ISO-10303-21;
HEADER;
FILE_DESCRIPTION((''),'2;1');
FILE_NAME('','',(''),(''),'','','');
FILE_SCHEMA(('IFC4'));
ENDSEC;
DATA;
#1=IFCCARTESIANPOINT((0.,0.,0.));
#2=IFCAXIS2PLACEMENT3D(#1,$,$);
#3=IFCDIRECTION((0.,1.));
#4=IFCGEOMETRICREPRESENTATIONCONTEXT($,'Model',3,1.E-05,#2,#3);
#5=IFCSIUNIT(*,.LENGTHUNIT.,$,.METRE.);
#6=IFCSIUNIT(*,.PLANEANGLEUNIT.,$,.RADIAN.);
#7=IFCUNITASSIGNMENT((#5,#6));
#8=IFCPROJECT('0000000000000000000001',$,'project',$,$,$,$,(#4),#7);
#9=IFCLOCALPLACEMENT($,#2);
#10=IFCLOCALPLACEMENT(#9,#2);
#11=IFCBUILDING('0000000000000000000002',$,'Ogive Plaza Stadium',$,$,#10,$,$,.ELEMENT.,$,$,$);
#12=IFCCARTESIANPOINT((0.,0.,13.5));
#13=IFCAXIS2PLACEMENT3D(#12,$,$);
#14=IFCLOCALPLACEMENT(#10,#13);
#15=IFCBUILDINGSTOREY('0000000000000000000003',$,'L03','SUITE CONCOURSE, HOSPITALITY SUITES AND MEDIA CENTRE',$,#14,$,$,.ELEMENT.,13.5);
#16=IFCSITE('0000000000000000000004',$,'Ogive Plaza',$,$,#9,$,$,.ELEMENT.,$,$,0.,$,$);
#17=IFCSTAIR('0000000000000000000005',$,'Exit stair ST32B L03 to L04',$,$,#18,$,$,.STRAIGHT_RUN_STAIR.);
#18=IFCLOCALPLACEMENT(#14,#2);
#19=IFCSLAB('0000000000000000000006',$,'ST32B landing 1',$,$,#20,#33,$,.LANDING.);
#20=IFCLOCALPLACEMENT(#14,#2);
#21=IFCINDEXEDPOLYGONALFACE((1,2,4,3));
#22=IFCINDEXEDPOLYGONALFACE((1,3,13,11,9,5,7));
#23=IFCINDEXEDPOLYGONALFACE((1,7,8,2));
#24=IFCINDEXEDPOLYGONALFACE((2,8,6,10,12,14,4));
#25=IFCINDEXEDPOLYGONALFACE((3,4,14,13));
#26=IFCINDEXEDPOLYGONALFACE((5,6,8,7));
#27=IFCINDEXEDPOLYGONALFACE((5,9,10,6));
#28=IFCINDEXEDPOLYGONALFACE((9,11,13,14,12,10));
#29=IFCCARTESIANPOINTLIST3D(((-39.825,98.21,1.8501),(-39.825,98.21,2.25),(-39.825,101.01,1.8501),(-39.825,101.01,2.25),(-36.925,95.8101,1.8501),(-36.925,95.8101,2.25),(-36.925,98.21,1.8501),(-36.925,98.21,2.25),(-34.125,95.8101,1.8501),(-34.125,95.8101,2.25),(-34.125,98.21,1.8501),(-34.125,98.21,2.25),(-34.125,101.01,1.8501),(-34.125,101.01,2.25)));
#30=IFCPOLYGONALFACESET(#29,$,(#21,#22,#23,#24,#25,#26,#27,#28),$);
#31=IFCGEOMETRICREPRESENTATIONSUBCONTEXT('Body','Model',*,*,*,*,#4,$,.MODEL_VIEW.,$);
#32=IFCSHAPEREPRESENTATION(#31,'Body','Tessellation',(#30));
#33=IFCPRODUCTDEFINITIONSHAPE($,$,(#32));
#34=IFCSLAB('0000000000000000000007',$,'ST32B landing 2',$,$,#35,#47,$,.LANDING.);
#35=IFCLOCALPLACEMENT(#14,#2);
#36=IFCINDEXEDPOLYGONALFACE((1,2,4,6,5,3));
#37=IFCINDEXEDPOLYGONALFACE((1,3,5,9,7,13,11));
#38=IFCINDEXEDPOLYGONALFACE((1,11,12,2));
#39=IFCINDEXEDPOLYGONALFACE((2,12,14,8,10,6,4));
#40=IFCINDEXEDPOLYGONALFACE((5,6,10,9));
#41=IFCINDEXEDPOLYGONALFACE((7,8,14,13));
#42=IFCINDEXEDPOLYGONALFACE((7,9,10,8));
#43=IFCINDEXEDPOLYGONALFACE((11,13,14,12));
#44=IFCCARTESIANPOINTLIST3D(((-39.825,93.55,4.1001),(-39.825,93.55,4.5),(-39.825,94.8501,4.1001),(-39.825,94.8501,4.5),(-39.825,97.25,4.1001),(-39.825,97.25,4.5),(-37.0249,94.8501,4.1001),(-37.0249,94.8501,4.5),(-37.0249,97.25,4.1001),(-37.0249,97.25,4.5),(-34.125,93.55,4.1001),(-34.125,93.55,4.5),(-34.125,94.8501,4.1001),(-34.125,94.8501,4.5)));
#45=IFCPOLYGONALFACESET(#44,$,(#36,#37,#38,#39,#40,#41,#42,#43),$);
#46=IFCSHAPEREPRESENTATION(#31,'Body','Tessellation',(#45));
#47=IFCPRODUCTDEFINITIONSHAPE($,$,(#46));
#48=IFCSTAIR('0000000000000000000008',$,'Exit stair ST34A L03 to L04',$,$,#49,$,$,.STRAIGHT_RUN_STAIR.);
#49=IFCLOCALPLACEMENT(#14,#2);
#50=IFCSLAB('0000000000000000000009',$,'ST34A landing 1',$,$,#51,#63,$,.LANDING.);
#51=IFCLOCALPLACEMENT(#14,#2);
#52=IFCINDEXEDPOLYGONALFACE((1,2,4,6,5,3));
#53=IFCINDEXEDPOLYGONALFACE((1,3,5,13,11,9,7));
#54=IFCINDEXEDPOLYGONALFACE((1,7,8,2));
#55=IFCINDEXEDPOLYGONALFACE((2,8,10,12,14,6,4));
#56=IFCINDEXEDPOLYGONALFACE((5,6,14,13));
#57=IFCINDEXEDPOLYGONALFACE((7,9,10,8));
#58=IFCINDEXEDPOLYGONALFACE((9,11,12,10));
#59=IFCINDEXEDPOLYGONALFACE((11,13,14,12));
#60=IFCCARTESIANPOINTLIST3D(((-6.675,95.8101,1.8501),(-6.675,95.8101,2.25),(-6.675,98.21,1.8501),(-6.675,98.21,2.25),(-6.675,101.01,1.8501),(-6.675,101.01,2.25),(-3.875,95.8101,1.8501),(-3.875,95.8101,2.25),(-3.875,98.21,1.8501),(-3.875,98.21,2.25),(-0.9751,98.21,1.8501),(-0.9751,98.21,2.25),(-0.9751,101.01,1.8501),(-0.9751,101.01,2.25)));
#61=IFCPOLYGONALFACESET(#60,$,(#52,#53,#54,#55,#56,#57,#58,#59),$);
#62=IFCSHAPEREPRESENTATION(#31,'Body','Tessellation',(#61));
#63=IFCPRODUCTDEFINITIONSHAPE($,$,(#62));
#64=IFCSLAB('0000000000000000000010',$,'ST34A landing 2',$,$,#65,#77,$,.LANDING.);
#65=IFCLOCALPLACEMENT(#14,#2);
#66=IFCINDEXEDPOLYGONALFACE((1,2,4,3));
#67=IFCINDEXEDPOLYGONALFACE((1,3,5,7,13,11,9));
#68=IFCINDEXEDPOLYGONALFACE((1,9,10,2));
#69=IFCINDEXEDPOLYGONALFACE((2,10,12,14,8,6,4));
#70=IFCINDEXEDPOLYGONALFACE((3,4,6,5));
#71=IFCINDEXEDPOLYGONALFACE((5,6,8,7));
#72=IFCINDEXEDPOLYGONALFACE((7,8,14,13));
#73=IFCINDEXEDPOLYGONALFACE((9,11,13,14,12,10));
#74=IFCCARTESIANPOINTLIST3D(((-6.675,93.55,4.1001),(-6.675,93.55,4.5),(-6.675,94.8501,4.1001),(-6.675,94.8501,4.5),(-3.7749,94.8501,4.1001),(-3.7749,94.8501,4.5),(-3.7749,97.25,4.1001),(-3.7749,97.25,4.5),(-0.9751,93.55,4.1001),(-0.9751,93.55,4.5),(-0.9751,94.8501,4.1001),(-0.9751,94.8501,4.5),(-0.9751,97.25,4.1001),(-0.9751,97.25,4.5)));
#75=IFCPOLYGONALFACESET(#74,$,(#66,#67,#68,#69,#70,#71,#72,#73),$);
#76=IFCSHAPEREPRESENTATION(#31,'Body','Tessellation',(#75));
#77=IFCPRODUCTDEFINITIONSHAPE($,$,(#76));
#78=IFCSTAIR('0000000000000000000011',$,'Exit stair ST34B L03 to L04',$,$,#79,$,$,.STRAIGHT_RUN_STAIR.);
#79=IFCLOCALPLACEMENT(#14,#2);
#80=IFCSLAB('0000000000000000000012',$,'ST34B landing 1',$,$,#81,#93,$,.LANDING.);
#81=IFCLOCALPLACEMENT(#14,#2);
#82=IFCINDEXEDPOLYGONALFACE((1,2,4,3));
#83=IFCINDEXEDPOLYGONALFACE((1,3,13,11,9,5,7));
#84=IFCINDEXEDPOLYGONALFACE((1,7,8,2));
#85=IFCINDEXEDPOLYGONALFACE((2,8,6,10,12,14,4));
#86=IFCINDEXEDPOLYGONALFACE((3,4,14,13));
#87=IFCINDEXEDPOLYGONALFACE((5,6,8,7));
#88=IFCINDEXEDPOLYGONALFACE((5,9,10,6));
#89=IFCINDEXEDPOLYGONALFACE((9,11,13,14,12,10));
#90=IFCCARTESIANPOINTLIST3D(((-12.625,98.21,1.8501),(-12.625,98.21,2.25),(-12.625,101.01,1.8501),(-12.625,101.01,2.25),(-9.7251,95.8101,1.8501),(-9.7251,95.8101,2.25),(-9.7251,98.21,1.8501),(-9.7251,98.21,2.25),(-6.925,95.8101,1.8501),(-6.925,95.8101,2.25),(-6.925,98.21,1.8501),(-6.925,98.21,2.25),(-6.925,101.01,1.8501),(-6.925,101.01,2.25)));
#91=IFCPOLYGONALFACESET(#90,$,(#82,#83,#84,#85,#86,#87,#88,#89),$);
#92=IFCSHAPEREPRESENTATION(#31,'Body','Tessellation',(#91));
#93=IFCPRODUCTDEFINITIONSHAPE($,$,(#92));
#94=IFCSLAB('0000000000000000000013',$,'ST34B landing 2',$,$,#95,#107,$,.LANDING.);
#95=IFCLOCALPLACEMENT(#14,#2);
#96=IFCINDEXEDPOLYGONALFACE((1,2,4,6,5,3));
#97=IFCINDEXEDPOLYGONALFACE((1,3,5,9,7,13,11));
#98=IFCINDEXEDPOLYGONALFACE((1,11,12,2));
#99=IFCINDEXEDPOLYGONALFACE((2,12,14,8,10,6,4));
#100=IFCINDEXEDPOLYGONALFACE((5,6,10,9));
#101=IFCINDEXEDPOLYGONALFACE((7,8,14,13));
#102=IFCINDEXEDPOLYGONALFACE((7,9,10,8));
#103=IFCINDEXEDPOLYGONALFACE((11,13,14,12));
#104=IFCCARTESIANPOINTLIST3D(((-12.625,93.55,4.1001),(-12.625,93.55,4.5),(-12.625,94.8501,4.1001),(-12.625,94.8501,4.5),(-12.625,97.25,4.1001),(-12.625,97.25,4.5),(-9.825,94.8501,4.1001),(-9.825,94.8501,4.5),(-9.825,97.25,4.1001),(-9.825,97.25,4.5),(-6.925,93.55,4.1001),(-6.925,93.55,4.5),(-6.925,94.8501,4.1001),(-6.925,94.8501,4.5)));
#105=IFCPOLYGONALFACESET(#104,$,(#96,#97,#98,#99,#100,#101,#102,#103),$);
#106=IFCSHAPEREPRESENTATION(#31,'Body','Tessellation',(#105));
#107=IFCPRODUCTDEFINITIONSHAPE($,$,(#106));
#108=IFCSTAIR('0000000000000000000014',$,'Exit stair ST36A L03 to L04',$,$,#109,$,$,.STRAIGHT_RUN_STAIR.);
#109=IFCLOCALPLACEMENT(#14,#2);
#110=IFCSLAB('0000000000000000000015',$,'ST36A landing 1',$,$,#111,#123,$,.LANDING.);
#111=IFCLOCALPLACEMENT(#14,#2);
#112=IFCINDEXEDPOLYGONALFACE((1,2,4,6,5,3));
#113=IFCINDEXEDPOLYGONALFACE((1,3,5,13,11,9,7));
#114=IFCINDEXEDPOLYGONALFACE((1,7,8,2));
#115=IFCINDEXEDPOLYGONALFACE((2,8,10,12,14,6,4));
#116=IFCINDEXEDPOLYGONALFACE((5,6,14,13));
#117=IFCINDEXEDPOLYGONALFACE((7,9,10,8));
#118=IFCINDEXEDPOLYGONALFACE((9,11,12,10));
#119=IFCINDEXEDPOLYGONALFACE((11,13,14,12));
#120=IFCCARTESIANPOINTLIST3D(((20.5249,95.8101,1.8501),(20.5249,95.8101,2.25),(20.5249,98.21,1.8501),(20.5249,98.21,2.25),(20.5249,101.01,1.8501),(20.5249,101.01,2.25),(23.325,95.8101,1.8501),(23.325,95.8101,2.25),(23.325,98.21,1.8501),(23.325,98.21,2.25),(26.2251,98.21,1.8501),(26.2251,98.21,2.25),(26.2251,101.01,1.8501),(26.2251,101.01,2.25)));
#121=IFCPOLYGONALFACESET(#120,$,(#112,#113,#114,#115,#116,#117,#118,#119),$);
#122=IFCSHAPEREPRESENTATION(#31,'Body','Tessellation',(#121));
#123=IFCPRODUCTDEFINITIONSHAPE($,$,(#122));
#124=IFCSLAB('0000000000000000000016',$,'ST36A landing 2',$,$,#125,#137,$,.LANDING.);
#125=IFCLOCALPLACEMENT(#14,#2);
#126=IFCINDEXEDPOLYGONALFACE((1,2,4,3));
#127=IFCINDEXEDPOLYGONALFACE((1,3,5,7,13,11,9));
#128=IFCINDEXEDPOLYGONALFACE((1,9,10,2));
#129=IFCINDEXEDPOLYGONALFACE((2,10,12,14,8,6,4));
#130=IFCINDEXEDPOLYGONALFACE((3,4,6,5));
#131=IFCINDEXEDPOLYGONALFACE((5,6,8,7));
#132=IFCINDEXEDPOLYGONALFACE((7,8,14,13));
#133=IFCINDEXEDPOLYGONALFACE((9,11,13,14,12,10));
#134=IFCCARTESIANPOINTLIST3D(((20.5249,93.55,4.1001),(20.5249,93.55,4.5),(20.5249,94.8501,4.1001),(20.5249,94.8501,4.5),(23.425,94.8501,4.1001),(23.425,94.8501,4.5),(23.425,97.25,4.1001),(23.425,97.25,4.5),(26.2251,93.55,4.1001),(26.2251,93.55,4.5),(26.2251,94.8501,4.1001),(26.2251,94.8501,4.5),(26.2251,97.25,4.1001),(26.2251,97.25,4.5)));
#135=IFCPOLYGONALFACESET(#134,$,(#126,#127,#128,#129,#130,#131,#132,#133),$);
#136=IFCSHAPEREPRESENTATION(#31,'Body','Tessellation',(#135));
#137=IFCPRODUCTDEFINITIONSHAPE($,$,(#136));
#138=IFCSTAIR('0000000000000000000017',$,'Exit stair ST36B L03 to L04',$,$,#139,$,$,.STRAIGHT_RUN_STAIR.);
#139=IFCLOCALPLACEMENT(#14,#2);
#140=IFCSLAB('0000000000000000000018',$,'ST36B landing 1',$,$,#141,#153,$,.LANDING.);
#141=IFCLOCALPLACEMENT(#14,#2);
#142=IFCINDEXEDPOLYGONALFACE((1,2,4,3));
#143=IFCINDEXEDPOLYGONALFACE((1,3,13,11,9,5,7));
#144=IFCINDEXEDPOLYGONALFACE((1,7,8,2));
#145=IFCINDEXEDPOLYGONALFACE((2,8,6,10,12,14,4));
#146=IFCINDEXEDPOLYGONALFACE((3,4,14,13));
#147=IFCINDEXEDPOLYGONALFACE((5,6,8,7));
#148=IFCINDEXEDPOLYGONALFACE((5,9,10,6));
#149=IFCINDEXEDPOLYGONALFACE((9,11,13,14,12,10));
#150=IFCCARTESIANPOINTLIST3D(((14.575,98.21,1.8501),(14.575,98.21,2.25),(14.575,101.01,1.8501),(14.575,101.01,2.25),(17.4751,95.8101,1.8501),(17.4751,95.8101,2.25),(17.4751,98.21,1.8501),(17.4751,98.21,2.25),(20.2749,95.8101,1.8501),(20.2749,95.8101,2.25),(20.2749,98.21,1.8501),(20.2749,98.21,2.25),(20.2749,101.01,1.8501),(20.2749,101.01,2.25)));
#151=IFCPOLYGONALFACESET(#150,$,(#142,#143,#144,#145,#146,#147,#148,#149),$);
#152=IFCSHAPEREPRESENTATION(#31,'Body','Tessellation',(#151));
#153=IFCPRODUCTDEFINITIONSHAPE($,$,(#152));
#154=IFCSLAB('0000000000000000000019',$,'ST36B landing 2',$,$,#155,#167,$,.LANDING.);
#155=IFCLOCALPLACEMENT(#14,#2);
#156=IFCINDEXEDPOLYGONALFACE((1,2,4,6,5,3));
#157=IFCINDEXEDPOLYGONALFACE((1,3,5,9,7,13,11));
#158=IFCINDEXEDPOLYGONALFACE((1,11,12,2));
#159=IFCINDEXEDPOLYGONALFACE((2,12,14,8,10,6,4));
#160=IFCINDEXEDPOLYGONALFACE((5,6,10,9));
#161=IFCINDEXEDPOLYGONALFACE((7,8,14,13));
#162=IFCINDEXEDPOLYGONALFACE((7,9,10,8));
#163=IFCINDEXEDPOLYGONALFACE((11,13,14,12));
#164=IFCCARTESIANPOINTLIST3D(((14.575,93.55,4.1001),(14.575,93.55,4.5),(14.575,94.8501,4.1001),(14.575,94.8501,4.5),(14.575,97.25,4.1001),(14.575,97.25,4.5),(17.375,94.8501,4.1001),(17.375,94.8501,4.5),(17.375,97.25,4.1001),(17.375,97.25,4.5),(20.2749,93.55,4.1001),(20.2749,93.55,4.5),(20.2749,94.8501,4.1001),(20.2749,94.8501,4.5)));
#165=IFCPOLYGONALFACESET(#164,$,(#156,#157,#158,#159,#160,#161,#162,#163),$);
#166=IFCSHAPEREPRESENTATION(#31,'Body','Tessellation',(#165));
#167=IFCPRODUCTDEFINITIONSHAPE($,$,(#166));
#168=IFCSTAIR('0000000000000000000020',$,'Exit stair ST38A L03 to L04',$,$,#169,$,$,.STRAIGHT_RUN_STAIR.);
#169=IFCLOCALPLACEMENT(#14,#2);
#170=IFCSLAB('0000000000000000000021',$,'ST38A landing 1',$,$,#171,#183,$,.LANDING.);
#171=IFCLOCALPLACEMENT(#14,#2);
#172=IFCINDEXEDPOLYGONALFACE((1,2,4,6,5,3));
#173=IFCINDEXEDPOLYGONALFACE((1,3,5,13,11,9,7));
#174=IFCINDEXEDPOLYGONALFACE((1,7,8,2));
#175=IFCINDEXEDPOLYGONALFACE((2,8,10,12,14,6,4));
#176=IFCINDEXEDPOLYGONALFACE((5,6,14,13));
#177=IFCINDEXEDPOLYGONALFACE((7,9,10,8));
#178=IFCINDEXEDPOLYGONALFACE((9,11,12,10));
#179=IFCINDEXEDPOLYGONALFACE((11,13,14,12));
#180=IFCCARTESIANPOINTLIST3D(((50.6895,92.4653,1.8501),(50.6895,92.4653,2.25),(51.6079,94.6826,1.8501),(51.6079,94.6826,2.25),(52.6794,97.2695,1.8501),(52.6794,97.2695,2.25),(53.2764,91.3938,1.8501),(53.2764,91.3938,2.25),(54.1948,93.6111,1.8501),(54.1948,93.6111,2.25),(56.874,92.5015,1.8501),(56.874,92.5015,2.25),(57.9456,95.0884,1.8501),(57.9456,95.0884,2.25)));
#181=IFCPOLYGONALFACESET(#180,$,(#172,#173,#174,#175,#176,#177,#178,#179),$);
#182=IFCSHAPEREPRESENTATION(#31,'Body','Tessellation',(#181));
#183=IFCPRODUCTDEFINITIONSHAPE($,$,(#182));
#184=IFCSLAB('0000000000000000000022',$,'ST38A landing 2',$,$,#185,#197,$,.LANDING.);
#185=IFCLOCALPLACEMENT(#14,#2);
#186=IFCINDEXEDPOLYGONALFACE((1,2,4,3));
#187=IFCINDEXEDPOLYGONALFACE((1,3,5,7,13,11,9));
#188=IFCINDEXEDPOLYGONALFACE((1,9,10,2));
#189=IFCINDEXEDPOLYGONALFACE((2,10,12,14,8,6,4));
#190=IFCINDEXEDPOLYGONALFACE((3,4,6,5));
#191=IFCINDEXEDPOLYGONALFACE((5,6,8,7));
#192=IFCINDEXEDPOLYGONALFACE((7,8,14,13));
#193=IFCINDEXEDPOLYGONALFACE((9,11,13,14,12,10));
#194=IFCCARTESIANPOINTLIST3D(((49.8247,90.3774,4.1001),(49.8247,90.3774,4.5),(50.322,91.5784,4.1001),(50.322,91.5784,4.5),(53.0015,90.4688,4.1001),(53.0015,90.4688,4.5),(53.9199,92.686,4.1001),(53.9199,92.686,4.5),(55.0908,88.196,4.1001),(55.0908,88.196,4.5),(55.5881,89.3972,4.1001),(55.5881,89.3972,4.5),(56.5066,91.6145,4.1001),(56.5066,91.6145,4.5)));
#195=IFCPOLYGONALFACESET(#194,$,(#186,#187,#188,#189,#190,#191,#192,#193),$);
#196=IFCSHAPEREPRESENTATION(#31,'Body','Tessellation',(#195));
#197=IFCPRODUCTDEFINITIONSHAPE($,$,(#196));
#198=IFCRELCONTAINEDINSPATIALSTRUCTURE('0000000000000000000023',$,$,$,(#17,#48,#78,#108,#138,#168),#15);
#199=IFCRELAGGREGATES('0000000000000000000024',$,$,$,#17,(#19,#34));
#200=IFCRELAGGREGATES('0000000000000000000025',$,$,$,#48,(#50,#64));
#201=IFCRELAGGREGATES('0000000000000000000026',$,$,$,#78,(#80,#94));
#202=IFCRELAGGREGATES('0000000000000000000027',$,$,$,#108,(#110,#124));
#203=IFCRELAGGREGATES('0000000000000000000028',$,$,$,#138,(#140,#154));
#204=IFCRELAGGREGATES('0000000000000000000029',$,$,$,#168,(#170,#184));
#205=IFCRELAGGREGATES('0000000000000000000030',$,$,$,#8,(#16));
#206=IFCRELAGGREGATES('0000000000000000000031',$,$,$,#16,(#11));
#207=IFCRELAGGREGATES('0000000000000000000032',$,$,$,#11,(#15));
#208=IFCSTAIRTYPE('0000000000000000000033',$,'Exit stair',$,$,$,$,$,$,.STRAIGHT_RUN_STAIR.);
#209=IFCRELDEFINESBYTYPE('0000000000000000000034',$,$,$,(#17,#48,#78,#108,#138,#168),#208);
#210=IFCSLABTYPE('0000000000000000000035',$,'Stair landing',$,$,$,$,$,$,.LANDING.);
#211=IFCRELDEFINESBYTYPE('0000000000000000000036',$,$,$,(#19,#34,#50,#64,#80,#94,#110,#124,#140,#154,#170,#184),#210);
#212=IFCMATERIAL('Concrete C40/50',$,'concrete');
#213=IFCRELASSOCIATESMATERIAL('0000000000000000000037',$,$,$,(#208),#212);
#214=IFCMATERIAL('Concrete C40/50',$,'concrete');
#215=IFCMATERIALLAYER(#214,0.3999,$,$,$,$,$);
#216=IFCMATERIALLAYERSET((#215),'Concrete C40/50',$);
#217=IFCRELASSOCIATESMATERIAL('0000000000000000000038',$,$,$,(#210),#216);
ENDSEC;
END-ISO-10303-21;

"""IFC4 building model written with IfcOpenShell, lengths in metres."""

from ifc_helpers import new_model, si_unit, direction, frame, origin, place, context, subcontext, project, spatial, polyline, outline, extrude, material, layer, layer_set, type_object, element, aggregate, save


model = new_model("IFC4")

# Units and contexts
model_context = context("Model", 3, precision=1e-05, world=origin(), true_north=direction((0.0, 1.0)))
body_context = subcontext(model_context, "Body", "Model", "MODEL_VIEW")
ifc_project = project(units=[si_unit("LENGTHUNIT", "METRE"), si_unit("PLANEANGLEUNIT", "RADIAN")], contexts=[model_context])

# Site, building, storey
site_placement = place(None, origin())
site = spatial("IfcSite", under=ifc_project, at=site_placement, Name="Ogive Plaza", CompositionType="ELEMENT", RefElevation=0.0)
building_placement = place(site_placement, origin())
building = spatial("IfcBuilding", under=site, at=building_placement, Name="Ogive Plaza Stadium", CompositionType="ELEMENT")
storey_placement = place(building_placement, frame((0.0, 0.0, 13.5)))
storey = spatial("IfcBuildingStorey", under=building, at=storey_placement, Name="L03", Description="SUITE CONCOURSE, HOSPITALITY SUITES AND MEDIA CENTRE", CompositionType="ELEMENT", Elevation=13.5)

# Shared definitions
ifc_material_1 = material(Name="Concrete C40/50", Category="concrete")
stair_type = type_object("IfcStairType", Name="Exit stair", PredefinedType="STRAIGHT_RUN_STAIR", material=ifc_material_1)
ifc_material_2 = material(Name="Concrete C40/50", Category="concrete")
ifc_layer_1 = layer(ifc_material_2, 0.3999)
ifc_layer_set_1 = layer_set([ifc_layer_1], Name="Concrete C40/50")
slab_type_1 = type_object("IfcSlabType", Name="Stair landing", PredefinedType="LANDING", material=ifc_layer_set_1)

# Stairs, slabs
stair_1_placement = place(storey_placement, origin())
stair_1 = element("IfcStair", 1, at=stair_1_placement, inside=storey, type_object=stair_type, Name="Exit stair ST32B L03 to L04", PredefinedType="STRAIGHT_RUN_STAIR")
slab_1_placement = place(storey_placement, frame((0.0, 0.0, 1.8501)))
slab_1 = element("IfcSlab", 2, at=slab_1_placement, type_object=slab_type_1, Name="ST32B landing 1", PredefinedType="LANDING", context=body_context, shape_type="SweptSolid", body=[
    extrude(outline(polyline([(-34.125, 95.8101), (-36.925, 95.8101), (-36.925, 98.21), (-39.825, 98.21), (-39.825, 101.01), (-34.125, 101.01), (-34.125, 98.21), (-34.125, 95.8101)])), origin(), (0.0, 0.0, 1.0), 0.3999),
])
slab_2_placement = place(storey_placement, frame((0.0, 0.0, 4.1001)))
slab_2 = element("IfcSlab", 3, at=slab_2_placement, type_object=slab_type_1, Name="ST32B landing 2", PredefinedType="LANDING", context=body_context, shape_type="SweptSolid", body=[
    extrude(outline(polyline([(-34.125, 94.8501), (-34.125, 93.55), (-39.825, 93.55), (-39.825, 94.8501), (-39.825, 97.25), (-37.0249, 97.25), (-37.0249, 94.8501), (-34.125, 94.8501)])), origin(), (0.0, 0.0, 1.0), 0.3999),
])
aggregate(stair_1, [slab_1, slab_2])
stair_2_placement = place(storey_placement, origin())
stair_2 = element("IfcStair", 4, at=stair_2_placement, inside=storey, type_object=stair_type, Name="Exit stair ST34A L03 to L04", PredefinedType="STRAIGHT_RUN_STAIR")
slab_3_placement = place(storey_placement, frame((0.0, 0.0, 1.8501)))
slab_3 = element("IfcSlab", 5, at=slab_3_placement, type_object=slab_type_1, Name="ST34A landing 1", PredefinedType="LANDING", context=body_context, shape_type="SweptSolid", body=[
    extrude(outline(polyline([(-6.675, 101.01), (-0.9751, 101.01), (-0.9751, 98.21), (-3.875, 98.21), (-3.875, 95.8101), (-6.675, 95.8101), (-6.675, 98.21), (-6.675, 101.01)])), origin(), (0.0, 0.0, 1.0), 0.3999),
])
slab_4_placement = place(storey_placement, frame((0.0, 0.0, 4.1001)))
slab_4 = element("IfcSlab", 6, at=slab_4_placement, type_object=slab_type_1, Name="ST34A landing 2", PredefinedType="LANDING", context=body_context, shape_type="SweptSolid", body=[
    extrude(outline(polyline([(-3.7749, 97.25), (-0.9751, 97.25), (-0.9751, 94.8501), (-0.9751, 93.55), (-6.675, 93.55), (-6.675, 94.8501), (-3.7749, 94.8501), (-3.7749, 97.25)])), origin(), (0.0, 0.0, 1.0), 0.3999),
])
aggregate(stair_2, [slab_3, slab_4])
stair_3_placement = place(storey_placement, origin())
stair_3 = element("IfcStair", 7, at=stair_3_placement, inside=storey, type_object=stair_type, Name="Exit stair ST34B L03 to L04", PredefinedType="STRAIGHT_RUN_STAIR")
slab_5_placement = place(storey_placement, frame((0.0, 0.0, 1.8501)))
slab_5 = element("IfcSlab", 8, at=slab_5_placement, type_object=slab_type_1, Name="ST34B landing 1", PredefinedType="LANDING", context=body_context, shape_type="SweptSolid", body=[
    extrude(outline(polyline([(-6.925, 95.8101), (-9.7251, 95.8101), (-9.7251, 98.21), (-12.625, 98.21), (-12.625, 101.01), (-6.925, 101.01), (-6.925, 98.21), (-6.925, 95.8101)])), origin(), (0.0, 0.0, 1.0), 0.3999),
])
slab_6_placement = place(storey_placement, frame((0.0, 0.0, 4.1001)))
slab_6 = element("IfcSlab", 9, at=slab_6_placement, type_object=slab_type_1, Name="ST34B landing 2", PredefinedType="LANDING", context=body_context, shape_type="SweptSolid", body=[
    extrude(outline(polyline([(-6.925, 94.8501), (-6.925, 93.55), (-12.625, 93.55), (-12.625, 94.8501), (-12.625, 97.25), (-9.825, 97.25), (-9.825, 94.8501), (-6.925, 94.8501)])), origin(), (0.0, 0.0, 1.0), 0.3999),
])
aggregate(stair_3, [slab_5, slab_6])
stair_4_placement = place(storey_placement, origin())
stair_4 = element("IfcStair", 10, at=stair_4_placement, inside=storey, type_object=stair_type, Name="Exit stair ST36A L03 to L04", PredefinedType="STRAIGHT_RUN_STAIR")
slab_7_placement = place(storey_placement, frame((0.0, 0.0, 1.8501)))
slab_7 = element("IfcSlab", 11, at=slab_7_placement, type_object=slab_type_1, Name="ST36A landing 1", PredefinedType="LANDING", context=body_context, shape_type="SweptSolid", body=[
    extrude(outline(polyline([(20.5249, 101.01), (26.2251, 101.01), (26.2251, 98.21), (23.325, 98.21), (23.325, 95.8101), (20.5249, 95.8101), (20.5249, 98.21), (20.5249, 101.01)])), origin(), (0.0, 0.0, 1.0), 0.3999),
])
slab_8_placement = place(storey_placement, frame((0.0, 0.0, 4.1001)))
slab_8 = element("IfcSlab", 12, at=slab_8_placement, type_object=slab_type_1, Name="ST36A landing 2", PredefinedType="LANDING", context=body_context, shape_type="SweptSolid", body=[
    extrude(outline(polyline([(23.425, 97.25), (26.2251, 97.25), (26.2251, 94.8501), (26.2251, 93.55), (20.5249, 93.55), (20.5249, 94.8501), (23.425, 94.8501), (23.425, 97.25)])), origin(), (0.0, 0.0, 1.0), 0.3999),
])
aggregate(stair_4, [slab_7, slab_8])
stair_5_placement = place(storey_placement, origin())
stair_5 = element("IfcStair", 13, at=stair_5_placement, inside=storey, type_object=stair_type, Name="Exit stair ST36B L03 to L04", PredefinedType="STRAIGHT_RUN_STAIR")
slab_9_placement = place(storey_placement, frame((0.0, 0.0, 1.8501)))
slab_9 = element("IfcSlab", 14, at=slab_9_placement, type_object=slab_type_1, Name="ST36B landing 1", PredefinedType="LANDING", context=body_context, shape_type="SweptSolid", body=[
    extrude(outline(polyline([(20.2749, 95.8101), (17.4751, 95.8101), (17.4751, 98.21), (14.575, 98.21), (14.575, 101.01), (20.2749, 101.01), (20.2749, 98.21), (20.2749, 95.8101)])), origin(), (0.0, 0.0, 1.0), 0.3999),
])
slab_10_placement = place(storey_placement, frame((0.0, 0.0, 4.1001)))
slab_10 = element("IfcSlab", 15, at=slab_10_placement, type_object=slab_type_1, Name="ST36B landing 2", PredefinedType="LANDING", context=body_context, shape_type="SweptSolid", body=[
    extrude(outline(polyline([(20.2749, 94.8501), (20.2749, 93.55), (14.575, 93.55), (14.575, 94.8501), (14.575, 97.25), (17.375, 97.25), (17.375, 94.8501), (20.2749, 94.8501)])), origin(), (0.0, 0.0, 1.0), 0.3999),
])
aggregate(stair_5, [slab_9, slab_10])
stair_6_placement = place(storey_placement, origin())
stair_6 = element("IfcStair", 16, at=stair_6_placement, inside=storey, type_object=stair_type, Name="Exit stair ST38A L03 to L04", PredefinedType="STRAIGHT_RUN_STAIR")
slab_11_placement = place(storey_placement, frame((0.0, 0.0, 1.8501)))
slab_11 = element("IfcSlab", 17, at=slab_11_placement, type_object=slab_type_1, Name="ST38A landing 1", PredefinedType="LANDING", context=body_context, shape_type="SweptSolid", body=[
    extrude(outline(polyline([(52.6794, 97.2695), (57.9456, 95.0884), (56.874, 92.5015), (54.1948, 93.6111), (53.2764, 91.3938), (50.6895, 92.4653), (51.6079, 94.6826), (52.6794, 97.2695)])), origin(), (0.0, 0.0, 1.0), 0.3999),
])
slab_12_placement = place(storey_placement, frame((0.0, 0.0, 4.1001)))
slab_12 = element("IfcSlab", 18, at=slab_12_placement, type_object=slab_type_1, Name="ST38A landing 2", PredefinedType="LANDING", context=body_context, shape_type="SweptSolid", body=[
    extrude(outline(polyline([(53.9199, 92.686), (56.5066, 91.6145), (55.5881, 89.3972), (55.0908, 88.196), (49.8247, 90.3774), (50.322, 91.5784), (53.0015, 90.4688), (53.9199, 92.686)])), origin(), (0.0, 0.0, 1.0), 0.3999),
])
aggregate(stair_6, [slab_11, slab_12])

save(model, "model.ifc")
